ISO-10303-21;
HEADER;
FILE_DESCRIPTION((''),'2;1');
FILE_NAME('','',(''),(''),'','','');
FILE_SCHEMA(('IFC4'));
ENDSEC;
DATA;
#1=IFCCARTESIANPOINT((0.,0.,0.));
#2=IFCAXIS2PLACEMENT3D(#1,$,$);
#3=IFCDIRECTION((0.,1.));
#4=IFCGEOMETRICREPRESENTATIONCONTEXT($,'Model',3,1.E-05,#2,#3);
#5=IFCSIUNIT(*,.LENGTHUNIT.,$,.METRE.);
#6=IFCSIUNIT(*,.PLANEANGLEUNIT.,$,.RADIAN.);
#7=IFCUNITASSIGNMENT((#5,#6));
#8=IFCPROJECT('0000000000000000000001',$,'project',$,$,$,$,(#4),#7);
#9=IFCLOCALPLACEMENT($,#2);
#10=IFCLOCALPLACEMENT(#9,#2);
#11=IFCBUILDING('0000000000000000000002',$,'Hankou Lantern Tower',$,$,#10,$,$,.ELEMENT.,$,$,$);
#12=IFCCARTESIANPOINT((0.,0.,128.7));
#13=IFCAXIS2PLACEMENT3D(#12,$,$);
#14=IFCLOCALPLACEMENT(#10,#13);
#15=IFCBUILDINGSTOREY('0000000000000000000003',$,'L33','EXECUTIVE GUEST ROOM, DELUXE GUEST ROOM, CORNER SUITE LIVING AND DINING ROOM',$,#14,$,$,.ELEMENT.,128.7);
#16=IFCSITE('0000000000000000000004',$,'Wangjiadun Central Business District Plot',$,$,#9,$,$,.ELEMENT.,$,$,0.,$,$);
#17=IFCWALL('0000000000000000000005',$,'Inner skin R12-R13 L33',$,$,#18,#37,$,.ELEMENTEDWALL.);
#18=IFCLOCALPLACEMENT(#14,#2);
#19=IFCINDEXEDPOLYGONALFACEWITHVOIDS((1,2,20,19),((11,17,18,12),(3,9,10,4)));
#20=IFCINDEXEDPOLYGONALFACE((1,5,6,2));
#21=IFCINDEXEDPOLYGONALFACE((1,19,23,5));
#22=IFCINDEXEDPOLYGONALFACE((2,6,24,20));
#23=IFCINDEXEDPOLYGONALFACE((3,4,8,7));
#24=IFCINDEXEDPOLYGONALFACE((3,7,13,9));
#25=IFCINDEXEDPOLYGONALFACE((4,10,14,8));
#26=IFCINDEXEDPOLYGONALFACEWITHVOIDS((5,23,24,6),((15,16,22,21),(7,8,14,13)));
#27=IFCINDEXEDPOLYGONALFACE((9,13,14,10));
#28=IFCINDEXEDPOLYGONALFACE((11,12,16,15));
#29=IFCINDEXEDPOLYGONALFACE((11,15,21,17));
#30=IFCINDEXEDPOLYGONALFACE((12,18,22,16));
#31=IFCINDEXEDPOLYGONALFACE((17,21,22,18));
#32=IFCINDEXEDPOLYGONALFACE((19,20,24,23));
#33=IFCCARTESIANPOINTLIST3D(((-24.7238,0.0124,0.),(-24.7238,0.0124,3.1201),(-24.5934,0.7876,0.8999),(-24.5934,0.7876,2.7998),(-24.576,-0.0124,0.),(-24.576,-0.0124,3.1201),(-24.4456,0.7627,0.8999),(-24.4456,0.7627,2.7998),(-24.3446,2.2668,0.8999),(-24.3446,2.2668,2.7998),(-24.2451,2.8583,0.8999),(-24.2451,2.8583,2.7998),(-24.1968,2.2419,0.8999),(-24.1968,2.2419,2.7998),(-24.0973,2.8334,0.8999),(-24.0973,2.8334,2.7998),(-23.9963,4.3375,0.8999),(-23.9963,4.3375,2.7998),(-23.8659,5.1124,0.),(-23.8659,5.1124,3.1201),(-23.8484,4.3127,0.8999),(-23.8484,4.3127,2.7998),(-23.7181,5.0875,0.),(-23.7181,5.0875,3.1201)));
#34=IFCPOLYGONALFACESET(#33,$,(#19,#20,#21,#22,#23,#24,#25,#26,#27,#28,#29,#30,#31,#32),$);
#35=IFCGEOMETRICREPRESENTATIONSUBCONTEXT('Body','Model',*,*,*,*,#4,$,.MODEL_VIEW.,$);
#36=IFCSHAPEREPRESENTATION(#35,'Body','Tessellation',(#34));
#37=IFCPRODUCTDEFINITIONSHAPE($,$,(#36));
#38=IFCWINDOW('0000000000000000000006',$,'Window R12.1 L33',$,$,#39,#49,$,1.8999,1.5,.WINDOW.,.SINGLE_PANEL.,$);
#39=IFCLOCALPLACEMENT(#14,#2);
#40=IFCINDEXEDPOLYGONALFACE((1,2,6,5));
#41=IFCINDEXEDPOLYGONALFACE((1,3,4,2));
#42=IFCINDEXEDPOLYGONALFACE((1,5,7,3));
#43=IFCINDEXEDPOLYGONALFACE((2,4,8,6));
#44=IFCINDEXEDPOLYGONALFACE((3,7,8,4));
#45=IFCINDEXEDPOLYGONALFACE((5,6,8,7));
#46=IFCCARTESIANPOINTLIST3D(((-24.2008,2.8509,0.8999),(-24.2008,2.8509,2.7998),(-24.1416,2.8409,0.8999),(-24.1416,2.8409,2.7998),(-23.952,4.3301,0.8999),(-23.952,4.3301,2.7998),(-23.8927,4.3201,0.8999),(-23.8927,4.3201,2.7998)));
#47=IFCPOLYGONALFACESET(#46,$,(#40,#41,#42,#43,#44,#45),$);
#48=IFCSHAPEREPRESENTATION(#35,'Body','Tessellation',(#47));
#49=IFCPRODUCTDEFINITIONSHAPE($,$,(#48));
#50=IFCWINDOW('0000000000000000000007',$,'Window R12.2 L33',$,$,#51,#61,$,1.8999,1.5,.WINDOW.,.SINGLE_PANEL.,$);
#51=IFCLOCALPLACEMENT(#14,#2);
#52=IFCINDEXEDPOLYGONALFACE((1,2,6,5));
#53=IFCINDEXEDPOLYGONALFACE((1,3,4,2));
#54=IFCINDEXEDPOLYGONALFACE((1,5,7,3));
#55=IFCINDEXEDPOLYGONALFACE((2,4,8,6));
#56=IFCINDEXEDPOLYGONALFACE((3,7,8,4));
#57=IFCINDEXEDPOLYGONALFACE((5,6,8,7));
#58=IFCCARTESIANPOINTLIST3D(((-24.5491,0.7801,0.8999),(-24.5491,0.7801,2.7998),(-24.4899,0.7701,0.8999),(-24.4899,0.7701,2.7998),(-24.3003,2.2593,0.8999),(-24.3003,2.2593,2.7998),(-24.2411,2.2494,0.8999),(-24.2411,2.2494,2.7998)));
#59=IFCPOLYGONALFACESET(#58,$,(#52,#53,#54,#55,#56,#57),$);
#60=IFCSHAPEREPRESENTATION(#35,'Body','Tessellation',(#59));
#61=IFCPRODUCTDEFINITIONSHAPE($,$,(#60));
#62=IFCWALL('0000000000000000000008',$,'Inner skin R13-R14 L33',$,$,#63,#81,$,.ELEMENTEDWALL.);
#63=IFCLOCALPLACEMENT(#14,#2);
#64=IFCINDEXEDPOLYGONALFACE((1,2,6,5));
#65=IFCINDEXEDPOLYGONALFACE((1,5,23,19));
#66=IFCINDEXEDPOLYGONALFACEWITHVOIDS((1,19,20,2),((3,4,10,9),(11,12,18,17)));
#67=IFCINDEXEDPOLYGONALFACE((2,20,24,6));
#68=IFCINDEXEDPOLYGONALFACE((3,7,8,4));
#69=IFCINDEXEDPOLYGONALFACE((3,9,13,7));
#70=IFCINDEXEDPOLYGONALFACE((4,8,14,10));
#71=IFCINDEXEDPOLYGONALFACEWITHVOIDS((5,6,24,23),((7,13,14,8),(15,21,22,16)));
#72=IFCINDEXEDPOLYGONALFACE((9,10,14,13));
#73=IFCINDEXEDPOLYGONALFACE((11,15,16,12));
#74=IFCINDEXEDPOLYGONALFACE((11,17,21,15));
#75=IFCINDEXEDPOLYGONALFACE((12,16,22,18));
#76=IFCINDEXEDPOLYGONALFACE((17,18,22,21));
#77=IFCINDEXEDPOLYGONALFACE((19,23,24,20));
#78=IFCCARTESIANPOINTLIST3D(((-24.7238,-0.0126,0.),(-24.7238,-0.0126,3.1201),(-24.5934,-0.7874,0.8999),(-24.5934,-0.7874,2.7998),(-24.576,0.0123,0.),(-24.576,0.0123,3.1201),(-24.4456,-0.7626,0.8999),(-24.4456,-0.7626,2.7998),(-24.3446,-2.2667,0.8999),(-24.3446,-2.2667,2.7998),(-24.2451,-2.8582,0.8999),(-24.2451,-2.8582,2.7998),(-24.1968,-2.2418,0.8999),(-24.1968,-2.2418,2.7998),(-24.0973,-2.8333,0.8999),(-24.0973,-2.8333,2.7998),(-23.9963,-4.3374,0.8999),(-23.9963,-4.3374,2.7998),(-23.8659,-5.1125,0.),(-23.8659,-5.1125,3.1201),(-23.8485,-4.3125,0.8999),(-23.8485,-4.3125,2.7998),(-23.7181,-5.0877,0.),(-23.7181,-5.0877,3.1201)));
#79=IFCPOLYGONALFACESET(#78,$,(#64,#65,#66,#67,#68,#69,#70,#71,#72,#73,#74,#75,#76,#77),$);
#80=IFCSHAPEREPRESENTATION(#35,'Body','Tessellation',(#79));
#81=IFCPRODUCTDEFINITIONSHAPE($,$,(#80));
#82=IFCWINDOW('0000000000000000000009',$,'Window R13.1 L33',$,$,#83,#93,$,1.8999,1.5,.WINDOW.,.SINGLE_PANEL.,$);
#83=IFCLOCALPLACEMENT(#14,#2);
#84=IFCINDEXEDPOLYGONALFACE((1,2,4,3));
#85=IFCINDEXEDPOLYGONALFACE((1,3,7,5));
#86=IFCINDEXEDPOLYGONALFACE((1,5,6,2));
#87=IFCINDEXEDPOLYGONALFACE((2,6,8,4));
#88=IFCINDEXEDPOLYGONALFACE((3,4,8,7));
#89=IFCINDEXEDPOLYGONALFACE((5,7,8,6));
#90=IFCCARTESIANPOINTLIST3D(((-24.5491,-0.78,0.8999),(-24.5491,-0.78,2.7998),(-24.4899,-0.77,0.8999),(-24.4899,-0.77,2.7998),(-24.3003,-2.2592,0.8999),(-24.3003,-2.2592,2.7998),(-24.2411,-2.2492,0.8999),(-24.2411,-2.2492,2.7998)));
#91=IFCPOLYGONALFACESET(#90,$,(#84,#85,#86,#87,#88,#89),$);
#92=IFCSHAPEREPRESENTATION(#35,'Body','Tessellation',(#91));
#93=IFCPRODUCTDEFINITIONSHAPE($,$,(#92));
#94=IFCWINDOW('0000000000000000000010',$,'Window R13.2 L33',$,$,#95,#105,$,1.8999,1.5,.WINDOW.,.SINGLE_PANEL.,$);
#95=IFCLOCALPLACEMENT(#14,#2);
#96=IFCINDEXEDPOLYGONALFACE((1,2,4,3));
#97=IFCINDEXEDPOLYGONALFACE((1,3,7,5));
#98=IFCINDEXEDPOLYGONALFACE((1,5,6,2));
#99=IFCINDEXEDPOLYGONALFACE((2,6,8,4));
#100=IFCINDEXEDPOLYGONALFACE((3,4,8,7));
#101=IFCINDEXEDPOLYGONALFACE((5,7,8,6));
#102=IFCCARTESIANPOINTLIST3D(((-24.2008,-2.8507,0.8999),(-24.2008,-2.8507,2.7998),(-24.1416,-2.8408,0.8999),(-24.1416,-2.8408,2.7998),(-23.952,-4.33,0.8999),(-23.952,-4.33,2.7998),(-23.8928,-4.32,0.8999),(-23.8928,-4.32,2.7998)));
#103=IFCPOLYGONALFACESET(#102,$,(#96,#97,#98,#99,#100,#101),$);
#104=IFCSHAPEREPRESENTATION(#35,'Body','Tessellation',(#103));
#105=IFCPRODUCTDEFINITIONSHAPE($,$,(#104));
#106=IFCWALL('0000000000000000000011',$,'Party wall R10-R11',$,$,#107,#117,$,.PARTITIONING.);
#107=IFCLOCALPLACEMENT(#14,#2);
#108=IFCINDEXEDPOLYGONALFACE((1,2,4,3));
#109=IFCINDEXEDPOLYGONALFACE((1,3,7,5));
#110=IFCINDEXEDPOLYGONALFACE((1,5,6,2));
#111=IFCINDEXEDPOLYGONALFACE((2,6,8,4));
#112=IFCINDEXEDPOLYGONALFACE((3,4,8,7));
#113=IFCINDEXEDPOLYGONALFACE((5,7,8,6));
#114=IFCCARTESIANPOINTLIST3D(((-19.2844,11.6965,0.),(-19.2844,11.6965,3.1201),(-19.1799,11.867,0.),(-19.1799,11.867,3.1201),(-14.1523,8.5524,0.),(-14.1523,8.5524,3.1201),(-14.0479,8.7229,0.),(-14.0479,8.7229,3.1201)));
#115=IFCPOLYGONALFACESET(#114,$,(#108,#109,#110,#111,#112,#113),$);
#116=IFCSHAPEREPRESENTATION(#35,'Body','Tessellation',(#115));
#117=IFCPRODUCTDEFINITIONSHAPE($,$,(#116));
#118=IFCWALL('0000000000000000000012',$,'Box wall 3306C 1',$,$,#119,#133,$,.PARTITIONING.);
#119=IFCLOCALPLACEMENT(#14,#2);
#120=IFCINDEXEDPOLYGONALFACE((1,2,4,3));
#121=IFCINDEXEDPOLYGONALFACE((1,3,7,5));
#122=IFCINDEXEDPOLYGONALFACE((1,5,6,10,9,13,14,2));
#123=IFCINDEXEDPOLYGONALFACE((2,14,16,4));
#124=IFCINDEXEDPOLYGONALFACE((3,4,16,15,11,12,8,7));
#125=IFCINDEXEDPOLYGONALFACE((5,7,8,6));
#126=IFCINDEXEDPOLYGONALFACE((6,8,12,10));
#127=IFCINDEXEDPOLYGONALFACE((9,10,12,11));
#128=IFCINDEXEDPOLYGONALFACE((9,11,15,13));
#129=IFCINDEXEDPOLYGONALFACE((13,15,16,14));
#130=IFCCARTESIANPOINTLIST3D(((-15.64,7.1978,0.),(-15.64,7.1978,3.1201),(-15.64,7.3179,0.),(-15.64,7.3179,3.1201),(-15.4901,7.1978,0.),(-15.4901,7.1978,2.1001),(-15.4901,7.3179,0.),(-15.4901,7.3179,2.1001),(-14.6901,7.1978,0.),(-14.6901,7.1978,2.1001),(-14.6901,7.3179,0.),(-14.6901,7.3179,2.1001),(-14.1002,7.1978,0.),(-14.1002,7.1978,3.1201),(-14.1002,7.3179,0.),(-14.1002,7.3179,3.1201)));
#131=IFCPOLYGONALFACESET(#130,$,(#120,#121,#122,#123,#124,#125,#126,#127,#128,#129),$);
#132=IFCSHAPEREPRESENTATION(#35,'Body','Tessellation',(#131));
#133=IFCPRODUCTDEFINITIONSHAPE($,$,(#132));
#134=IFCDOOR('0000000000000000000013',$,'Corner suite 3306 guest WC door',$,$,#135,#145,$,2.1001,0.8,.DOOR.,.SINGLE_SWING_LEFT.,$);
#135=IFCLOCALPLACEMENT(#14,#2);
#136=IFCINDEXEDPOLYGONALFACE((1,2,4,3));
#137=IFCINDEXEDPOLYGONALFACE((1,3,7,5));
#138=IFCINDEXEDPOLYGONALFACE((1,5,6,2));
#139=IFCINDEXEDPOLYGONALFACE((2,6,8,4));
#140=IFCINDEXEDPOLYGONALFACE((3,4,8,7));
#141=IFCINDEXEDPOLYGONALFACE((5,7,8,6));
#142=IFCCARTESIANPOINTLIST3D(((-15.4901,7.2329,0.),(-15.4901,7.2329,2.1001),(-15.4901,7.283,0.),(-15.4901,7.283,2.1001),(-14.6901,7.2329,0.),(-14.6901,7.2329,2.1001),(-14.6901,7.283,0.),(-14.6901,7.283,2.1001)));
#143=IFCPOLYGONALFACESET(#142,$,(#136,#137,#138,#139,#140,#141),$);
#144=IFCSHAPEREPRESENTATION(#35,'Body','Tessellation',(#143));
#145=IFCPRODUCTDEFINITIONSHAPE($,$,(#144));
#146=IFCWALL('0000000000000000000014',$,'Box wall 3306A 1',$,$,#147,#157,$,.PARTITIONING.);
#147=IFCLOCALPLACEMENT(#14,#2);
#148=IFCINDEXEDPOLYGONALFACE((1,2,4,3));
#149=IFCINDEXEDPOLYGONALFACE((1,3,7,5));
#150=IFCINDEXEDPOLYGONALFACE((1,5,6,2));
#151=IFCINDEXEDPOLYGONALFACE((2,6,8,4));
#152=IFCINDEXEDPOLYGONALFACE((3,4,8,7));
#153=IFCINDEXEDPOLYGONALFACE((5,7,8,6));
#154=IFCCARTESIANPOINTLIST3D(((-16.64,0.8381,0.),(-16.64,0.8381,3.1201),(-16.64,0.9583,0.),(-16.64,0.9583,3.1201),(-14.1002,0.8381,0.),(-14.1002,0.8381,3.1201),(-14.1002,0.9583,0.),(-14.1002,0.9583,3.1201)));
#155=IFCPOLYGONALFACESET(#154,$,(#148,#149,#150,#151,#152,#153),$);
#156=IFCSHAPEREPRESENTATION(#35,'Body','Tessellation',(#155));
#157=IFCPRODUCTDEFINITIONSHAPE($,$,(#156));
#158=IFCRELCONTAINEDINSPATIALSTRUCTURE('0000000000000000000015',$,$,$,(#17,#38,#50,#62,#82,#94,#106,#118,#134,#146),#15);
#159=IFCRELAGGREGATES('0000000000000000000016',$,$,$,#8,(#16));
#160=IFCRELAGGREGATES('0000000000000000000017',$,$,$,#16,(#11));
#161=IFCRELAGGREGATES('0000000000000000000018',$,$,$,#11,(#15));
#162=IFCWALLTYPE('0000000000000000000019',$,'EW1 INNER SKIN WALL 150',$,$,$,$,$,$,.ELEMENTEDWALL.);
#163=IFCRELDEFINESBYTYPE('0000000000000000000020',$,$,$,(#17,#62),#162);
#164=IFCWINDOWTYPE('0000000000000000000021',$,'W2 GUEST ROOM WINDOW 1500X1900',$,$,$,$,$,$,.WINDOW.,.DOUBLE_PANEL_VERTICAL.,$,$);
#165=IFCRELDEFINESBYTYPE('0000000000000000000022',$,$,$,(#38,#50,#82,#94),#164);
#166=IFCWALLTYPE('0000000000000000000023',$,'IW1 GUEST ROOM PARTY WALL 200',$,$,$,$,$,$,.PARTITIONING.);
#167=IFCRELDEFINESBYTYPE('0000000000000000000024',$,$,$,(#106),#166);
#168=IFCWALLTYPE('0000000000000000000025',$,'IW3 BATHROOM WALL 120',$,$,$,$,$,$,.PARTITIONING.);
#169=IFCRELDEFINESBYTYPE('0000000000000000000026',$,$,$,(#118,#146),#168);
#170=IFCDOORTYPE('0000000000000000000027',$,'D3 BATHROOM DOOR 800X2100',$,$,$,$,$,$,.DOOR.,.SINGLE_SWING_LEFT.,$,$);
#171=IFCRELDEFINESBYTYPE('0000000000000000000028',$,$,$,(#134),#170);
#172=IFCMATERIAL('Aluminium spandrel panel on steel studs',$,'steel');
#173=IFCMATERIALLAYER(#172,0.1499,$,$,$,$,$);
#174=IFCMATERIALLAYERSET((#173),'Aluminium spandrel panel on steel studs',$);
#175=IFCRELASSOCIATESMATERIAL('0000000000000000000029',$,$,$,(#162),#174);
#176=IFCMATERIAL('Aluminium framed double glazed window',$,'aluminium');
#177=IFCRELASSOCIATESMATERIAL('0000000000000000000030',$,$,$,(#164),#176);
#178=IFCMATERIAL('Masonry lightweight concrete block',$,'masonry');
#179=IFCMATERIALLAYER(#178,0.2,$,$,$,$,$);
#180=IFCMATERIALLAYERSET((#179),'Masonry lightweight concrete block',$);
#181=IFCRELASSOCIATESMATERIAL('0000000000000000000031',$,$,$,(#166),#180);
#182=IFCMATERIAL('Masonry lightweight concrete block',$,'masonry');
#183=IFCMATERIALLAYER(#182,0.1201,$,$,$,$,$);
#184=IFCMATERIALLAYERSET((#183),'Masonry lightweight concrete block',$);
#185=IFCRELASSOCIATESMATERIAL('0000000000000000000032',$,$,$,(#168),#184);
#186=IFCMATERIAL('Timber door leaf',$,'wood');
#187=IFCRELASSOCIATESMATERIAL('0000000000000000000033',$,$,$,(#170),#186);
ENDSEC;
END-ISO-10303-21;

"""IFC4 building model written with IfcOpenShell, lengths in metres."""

from ifc_helpers import new_model, si_unit, direction, frame, frame_2d, origin, place, context, subcontext, project, spatial, rectangle, extrude, material, layer, layer_set, type_object, element, fill, save


model = new_model("IFC4")

# Units and contexts
model_context = context("Model", 3, precision=1e-05, world=origin(), true_north=direction((0.0, 1.0)))
body_context = subcontext(model_context, "Body", "Model", "MODEL_VIEW")
ifc_project = project(units=[si_unit("LENGTHUNIT", "METRE"), si_unit("PLANEANGLEUNIT", "RADIAN")], contexts=[model_context])

# Site, building, storey
site_placement = place(None, origin())
site = spatial("IfcSite", under=ifc_project, at=site_placement, Name="Wangjiadun Central Business District Plot", CompositionType="ELEMENT", RefElevation=0.0)
building_placement = place(site_placement, origin())
building = spatial("IfcBuilding", under=site, at=building_placement, Name="Hankou Lantern Tower", CompositionType="ELEMENT")
storey_placement = place(building_placement, frame((0.0, 0.0, 128.7)))
storey = spatial("IfcBuildingStorey", under=building, at=storey_placement, Name="L33", Description="EXECUTIVE GUEST ROOM, DELUXE GUEST ROOM, CORNER SUITE LIVING AND DINING ROOM", CompositionType="ELEMENT", Elevation=128.7)

# Walls, openings, windows
ifc_material_1 = material(Name="Aluminium spandrel panel on steel studs", Category="steel")
ifc_layer_1 = layer(ifc_material_1, 0.1499)
ifc_layer_set_1 = layer_set([ifc_layer_1], Name="Aluminium spandrel panel on steel studs")
wall_type_1 = type_object("IfcWallType", Name="EW1 INNER SKIN WALL 150", PredefinedType="ELEMENTEDWALL", material=ifc_layer_set_1)
wall_1_placement = place(storey_placement, frame((-23.792, 5.1001, 0.0), z_axis=(0.0, 0.0, 1.0), x_axis=(-0.165884, -0.986145, 0.0)))
wall_1 = element("IfcWall", 1, at=wall_1_placement, inside=storey, type_object=wall_type_1, Name="Inner skin R12-R13 L33", PredefinedType="ELEMENTEDWALL", context=body_context, shape_type="SweptSolid", body=[
    extrude(rectangle(XDim=5.1716, YDim=0.1499, at=frame_2d((2.5859, 0.0))), origin(), (0.0, 0.0, 1.0), 3.1201),
])
opening_1_placement = place(wall_1_placement, frame((0.7859, 0.0, 0.8999)))
opening_1 = element("IfcOpeningElement", 2, at=opening_1_placement, cuts=wall_1, PredefinedType="OPENING", context=body_context, shape_type="SweptSolid", body=[
    extrude(rectangle(XDim=1.5, YDim=1.8999, at=frame_2d((0.75, 0.95))), frame((0.0, 0.085, 0.0), z_axis=(0.0, -1.0, 0.0), x_axis=(1.0, 0.0, 0.0)), (0.0, 0.0, 1.0), 0.1699),
])
opening_2_placement = place(wall_1_placement, frame((2.8857, 0.0, 0.8999)))
opening_2 = element("IfcOpeningElement", 3, at=opening_2_placement, cuts=wall_1, PredefinedType="OPENING", context=body_context, shape_type="SweptSolid", body=[
    extrude(rectangle(XDim=1.5, YDim=1.8999, at=frame_2d((0.75, 0.95))), frame((0.0, 0.085, 0.0), z_axis=(0.0, -1.0, 0.0), x_axis=(1.0, 0.0, 0.0)), (0.0, 0.0, 1.0), 0.1699),
])
ifc_material_2 = material(Name="Aluminium framed double glazed window", Category="aluminium")
window_type = type_object("IfcWindowType", Name="W2 GUEST ROOM WINDOW 1500X1900", PartitioningType="DOUBLE_PANEL_VERTICAL", PredefinedType="WINDOW", material=ifc_material_2)
window_1_placement = place(opening_1_placement, origin())
window_1 = element("IfcWindow", 4, at=window_1_placement, inside=storey, type_object=window_type, Name="Window R12.1 L33", OverallHeight=1.8999, OverallWidth=1.5, PartitioningType="SINGLE_PANEL", PredefinedType="WINDOW", context=body_context, shape_type="SweptSolid", body=[
    extrude(rectangle(XDim=1.5, YDim=1.8999, at=frame_2d((0.75, 0.95))), frame((0.0, 0.03, 0.0), z_axis=(0.0, -1.0, 0.0), x_axis=(1.0, 0.0, 0.0)), (0.0, 0.0, 1.0), 0.0601),
])
fill(opening_1, window_1)
window_2_placement = place(opening_2_placement, origin())
window_2 = element("IfcWindow", 5, at=window_2_placement, inside=storey, type_object=window_type, Name="Window R12.2 L33", OverallHeight=1.8999, OverallWidth=1.5, PartitioningType="SINGLE_PANEL", PredefinedType="WINDOW", context=body_context, shape_type="SweptSolid", body=[
    extrude(rectangle(XDim=1.5, YDim=1.8999, at=frame_2d((0.75, 0.95))), frame((0.0, 0.03, 0.0), z_axis=(0.0, -1.0, 0.0), x_axis=(1.0, 0.0, 0.0)), (0.0, 0.0, 1.0), 0.0601),
])
fill(opening_2, window_2)
wall_2_placement = place(storey_placement, frame((-24.6499, 0.0, 0.0), z_axis=(0.0, 0.0, 1.0), x_axis=(0.165884, -0.986145, 0.0)))
wall_2 = element("IfcWall", 6, at=wall_2_placement, inside=storey, type_object=wall_type_1, Name="Inner skin R13-R14 L33", PredefinedType="ELEMENTEDWALL", context=body_context, shape_type="SweptSolid", body=[
    extrude(rectangle(XDim=5.1716, YDim=0.1499, at=frame_2d((2.5859, 0.0))), origin(), (0.0, 0.0, 1.0), 3.1201),
])
opening_3_placement = place(wall_2_placement, frame((0.7859, 0.0, 0.8999)))
opening_3 = element("IfcOpeningElement", 7, at=opening_3_placement, cuts=wall_2, PredefinedType="OPENING", context=body_context, shape_type="SweptSolid", body=[
    extrude(rectangle(XDim=1.5, YDim=1.8999, at=frame_2d((0.75, 0.95))), frame((0.0, 0.085, 0.0), z_axis=(0.0, -1.0, 0.0), x_axis=(1.0, 0.0, 0.0)), (0.0, 0.0, 1.0), 0.1699),
])
opening_4_placement = place(wall_2_placement, frame((2.8857, 0.0, 0.8999)))
opening_4 = element("IfcOpeningElement", 8, at=opening_4_placement, cuts=wall_2, PredefinedType="OPENING", context=body_context, shape_type="SweptSolid", body=[
    extrude(rectangle(XDim=1.5, YDim=1.8999, at=frame_2d((0.75, 0.95))), frame((0.0, 0.085, 0.0), z_axis=(0.0, -1.0, 0.0), x_axis=(1.0, 0.0, 0.0)), (0.0, 0.0, 1.0), 0.1699),
])
window_3_placement = place(opening_3_placement, origin())
window_3 = element("IfcWindow", 9, at=window_3_placement, inside=storey, type_object=window_type, Name="Window R13.1 L33", OverallHeight=1.8999, OverallWidth=1.5, PartitioningType="SINGLE_PANEL", PredefinedType="WINDOW", context=body_context, shape_type="SweptSolid", body=[
    extrude(rectangle(XDim=1.5, YDim=1.8999, at=frame_2d((0.75, 0.95))), frame((0.0, 0.03, 0.0), z_axis=(0.0, -1.0, 0.0), x_axis=(1.0, 0.0, 0.0)), (0.0, 0.0, 1.0), 0.0601),
])
fill(opening_3, window_3)
window_4_placement = place(opening_4_placement, origin())
window_4 = element("IfcWindow", 10, at=window_4_placement, inside=storey, type_object=window_type, Name="Window R13.2 L33", OverallHeight=1.8999, OverallWidth=1.5, PartitioningType="SINGLE_PANEL", PredefinedType="WINDOW", context=body_context, shape_type="SweptSolid", body=[
    extrude(rectangle(XDim=1.5, YDim=1.8999, at=frame_2d((0.75, 0.95))), frame((0.0, 0.03, 0.0), z_axis=(0.0, -1.0, 0.0), x_axis=(1.0, 0.0, 0.0)), (0.0, 0.0, 1.0), 0.0601),
])
fill(opening_4, window_4)

# Wall
ifc_material_3 = material(Name="Masonry lightweight concrete block", Category="masonry")
ifc_layer_2 = layer(ifc_material_3, 0.2)
ifc_layer_set_2 = layer_set([ifc_layer_2], Name="Masonry lightweight concrete block")
wall_type_2 = type_object("IfcWallType", Name="IW1 GUEST ROOM PARTY WALL 200", PredefinedType="PARTITIONING", material=ifc_layer_set_2)
wall_3_placement = place(storey_placement, frame((-14.1001, 8.6377, 0.0), z_axis=(0.0, 0.0, 1.0), x_axis=(-0.852707, 0.52239, 0.0)))
element("IfcWall", 11, at=wall_3_placement, inside=storey, type_object=wall_type_2, Name="Party wall R10-R11", PredefinedType="PARTITIONING", context=body_context, shape_type="SweptSolid", body=[
    extrude(rectangle(XDim=6.0186, YDim=0.2, at=frame_2d((3.0093, 0.0))), origin(), (0.0, 0.0, 1.0), 3.1201),
])

# Wall, opening, door
ifc_material_4 = material(Name="Masonry lightweight concrete block", Category="masonry")
ifc_layer_3 = layer(ifc_material_4, 0.1201)
ifc_layer_set_3 = layer_set([ifc_layer_3], Name="Masonry lightweight concrete block")
wall_type_3 = type_object("IfcWallType", Name="IW3 BATHROOM WALL 120", PredefinedType="PARTITIONING", material=ifc_layer_set_3)
wall_4_placement = place(storey_placement, frame((-14.1001, 7.2578, 0.0), z_axis=(0.0, 0.0, 1.0), x_axis=(-1.0, 0.0, 0.0)))
wall_4 = element("IfcWall", 12, at=wall_4_placement, inside=storey, type_object=wall_type_3, Name="Box wall 3306C 1", PredefinedType="PARTITIONING", context=body_context, shape_type="SweptSolid", body=[
    extrude(rectangle(XDim=1.5398, YDim=0.1201, at=frame_2d((0.77, 0.0))), origin(), (0.0, 0.0, 1.0), 3.1201),
])
opening_5_placement = place(wall_4_placement, frame((0.5901, 0.0, 0.0)))
opening_5 = element("IfcOpeningElement", 13, at=opening_5_placement, cuts=wall_4, PredefinedType="OPENING", context=body_context, shape_type="SweptSolid", body=[
    extrude(rectangle(XDim=0.8, YDim=2.1001, at=frame_2d((0.3999, 1.05))), frame((0.0, 0.0701, 0.0), z_axis=(0.0, -1.0, 0.0), x_axis=(1.0, 0.0, 0.0)), (0.0, 0.0, 1.0), 0.1401),
])
ifc_material_5 = material(Name="Timber door leaf", Category="wood")
door_type_1 = type_object("IfcDoorType", Name="D3 BATHROOM DOOR 800X2100", OperationType="SINGLE_SWING_LEFT", PredefinedType="DOOR", material=ifc_material_5)
door_1_placement = place(opening_5_placement, origin())
door_1 = element("IfcDoor", 14, at=door_1_placement, inside=storey, type_object=door_type_1, Name="Corner suite 3306 guest WC door", OperationType="SINGLE_SWING_LEFT", OverallHeight=2.1001, OverallWidth=0.8, PredefinedType="DOOR", context=body_context, shape_type="SweptSolid", body=[
    extrude(rectangle(XDim=0.8, YDim=2.1001, at=frame_2d((0.3999, 1.05))), frame((0.0, 0.0249, 0.0), z_axis=(0.0, -1.0, 0.0), x_axis=(1.0, 0.0, 0.0)), (0.0, 0.0, 1.0), 0.05),
])
fill(opening_5, door_1)

# Wall
wall_5_placement = place(storey_placement, frame((-14.1001, 0.8982, 0.0), z_axis=(0.0, 0.0, 1.0), x_axis=(-1.0, 0.0, 0.0)))
element("IfcWall", 15, at=wall_5_placement, inside=storey, type_object=wall_type_3, Name="Box wall 3306A 1", PredefinedType="PARTITIONING", context=body_context, shape_type="SweptSolid", body=[
    extrude(rectangle(XDim=2.5398, YDim=0.1201, at=frame_2d((1.27, 0.0))), origin(), (0.0, 0.0, 1.0), 3.1201),
])

save(model, "model.ifc")
